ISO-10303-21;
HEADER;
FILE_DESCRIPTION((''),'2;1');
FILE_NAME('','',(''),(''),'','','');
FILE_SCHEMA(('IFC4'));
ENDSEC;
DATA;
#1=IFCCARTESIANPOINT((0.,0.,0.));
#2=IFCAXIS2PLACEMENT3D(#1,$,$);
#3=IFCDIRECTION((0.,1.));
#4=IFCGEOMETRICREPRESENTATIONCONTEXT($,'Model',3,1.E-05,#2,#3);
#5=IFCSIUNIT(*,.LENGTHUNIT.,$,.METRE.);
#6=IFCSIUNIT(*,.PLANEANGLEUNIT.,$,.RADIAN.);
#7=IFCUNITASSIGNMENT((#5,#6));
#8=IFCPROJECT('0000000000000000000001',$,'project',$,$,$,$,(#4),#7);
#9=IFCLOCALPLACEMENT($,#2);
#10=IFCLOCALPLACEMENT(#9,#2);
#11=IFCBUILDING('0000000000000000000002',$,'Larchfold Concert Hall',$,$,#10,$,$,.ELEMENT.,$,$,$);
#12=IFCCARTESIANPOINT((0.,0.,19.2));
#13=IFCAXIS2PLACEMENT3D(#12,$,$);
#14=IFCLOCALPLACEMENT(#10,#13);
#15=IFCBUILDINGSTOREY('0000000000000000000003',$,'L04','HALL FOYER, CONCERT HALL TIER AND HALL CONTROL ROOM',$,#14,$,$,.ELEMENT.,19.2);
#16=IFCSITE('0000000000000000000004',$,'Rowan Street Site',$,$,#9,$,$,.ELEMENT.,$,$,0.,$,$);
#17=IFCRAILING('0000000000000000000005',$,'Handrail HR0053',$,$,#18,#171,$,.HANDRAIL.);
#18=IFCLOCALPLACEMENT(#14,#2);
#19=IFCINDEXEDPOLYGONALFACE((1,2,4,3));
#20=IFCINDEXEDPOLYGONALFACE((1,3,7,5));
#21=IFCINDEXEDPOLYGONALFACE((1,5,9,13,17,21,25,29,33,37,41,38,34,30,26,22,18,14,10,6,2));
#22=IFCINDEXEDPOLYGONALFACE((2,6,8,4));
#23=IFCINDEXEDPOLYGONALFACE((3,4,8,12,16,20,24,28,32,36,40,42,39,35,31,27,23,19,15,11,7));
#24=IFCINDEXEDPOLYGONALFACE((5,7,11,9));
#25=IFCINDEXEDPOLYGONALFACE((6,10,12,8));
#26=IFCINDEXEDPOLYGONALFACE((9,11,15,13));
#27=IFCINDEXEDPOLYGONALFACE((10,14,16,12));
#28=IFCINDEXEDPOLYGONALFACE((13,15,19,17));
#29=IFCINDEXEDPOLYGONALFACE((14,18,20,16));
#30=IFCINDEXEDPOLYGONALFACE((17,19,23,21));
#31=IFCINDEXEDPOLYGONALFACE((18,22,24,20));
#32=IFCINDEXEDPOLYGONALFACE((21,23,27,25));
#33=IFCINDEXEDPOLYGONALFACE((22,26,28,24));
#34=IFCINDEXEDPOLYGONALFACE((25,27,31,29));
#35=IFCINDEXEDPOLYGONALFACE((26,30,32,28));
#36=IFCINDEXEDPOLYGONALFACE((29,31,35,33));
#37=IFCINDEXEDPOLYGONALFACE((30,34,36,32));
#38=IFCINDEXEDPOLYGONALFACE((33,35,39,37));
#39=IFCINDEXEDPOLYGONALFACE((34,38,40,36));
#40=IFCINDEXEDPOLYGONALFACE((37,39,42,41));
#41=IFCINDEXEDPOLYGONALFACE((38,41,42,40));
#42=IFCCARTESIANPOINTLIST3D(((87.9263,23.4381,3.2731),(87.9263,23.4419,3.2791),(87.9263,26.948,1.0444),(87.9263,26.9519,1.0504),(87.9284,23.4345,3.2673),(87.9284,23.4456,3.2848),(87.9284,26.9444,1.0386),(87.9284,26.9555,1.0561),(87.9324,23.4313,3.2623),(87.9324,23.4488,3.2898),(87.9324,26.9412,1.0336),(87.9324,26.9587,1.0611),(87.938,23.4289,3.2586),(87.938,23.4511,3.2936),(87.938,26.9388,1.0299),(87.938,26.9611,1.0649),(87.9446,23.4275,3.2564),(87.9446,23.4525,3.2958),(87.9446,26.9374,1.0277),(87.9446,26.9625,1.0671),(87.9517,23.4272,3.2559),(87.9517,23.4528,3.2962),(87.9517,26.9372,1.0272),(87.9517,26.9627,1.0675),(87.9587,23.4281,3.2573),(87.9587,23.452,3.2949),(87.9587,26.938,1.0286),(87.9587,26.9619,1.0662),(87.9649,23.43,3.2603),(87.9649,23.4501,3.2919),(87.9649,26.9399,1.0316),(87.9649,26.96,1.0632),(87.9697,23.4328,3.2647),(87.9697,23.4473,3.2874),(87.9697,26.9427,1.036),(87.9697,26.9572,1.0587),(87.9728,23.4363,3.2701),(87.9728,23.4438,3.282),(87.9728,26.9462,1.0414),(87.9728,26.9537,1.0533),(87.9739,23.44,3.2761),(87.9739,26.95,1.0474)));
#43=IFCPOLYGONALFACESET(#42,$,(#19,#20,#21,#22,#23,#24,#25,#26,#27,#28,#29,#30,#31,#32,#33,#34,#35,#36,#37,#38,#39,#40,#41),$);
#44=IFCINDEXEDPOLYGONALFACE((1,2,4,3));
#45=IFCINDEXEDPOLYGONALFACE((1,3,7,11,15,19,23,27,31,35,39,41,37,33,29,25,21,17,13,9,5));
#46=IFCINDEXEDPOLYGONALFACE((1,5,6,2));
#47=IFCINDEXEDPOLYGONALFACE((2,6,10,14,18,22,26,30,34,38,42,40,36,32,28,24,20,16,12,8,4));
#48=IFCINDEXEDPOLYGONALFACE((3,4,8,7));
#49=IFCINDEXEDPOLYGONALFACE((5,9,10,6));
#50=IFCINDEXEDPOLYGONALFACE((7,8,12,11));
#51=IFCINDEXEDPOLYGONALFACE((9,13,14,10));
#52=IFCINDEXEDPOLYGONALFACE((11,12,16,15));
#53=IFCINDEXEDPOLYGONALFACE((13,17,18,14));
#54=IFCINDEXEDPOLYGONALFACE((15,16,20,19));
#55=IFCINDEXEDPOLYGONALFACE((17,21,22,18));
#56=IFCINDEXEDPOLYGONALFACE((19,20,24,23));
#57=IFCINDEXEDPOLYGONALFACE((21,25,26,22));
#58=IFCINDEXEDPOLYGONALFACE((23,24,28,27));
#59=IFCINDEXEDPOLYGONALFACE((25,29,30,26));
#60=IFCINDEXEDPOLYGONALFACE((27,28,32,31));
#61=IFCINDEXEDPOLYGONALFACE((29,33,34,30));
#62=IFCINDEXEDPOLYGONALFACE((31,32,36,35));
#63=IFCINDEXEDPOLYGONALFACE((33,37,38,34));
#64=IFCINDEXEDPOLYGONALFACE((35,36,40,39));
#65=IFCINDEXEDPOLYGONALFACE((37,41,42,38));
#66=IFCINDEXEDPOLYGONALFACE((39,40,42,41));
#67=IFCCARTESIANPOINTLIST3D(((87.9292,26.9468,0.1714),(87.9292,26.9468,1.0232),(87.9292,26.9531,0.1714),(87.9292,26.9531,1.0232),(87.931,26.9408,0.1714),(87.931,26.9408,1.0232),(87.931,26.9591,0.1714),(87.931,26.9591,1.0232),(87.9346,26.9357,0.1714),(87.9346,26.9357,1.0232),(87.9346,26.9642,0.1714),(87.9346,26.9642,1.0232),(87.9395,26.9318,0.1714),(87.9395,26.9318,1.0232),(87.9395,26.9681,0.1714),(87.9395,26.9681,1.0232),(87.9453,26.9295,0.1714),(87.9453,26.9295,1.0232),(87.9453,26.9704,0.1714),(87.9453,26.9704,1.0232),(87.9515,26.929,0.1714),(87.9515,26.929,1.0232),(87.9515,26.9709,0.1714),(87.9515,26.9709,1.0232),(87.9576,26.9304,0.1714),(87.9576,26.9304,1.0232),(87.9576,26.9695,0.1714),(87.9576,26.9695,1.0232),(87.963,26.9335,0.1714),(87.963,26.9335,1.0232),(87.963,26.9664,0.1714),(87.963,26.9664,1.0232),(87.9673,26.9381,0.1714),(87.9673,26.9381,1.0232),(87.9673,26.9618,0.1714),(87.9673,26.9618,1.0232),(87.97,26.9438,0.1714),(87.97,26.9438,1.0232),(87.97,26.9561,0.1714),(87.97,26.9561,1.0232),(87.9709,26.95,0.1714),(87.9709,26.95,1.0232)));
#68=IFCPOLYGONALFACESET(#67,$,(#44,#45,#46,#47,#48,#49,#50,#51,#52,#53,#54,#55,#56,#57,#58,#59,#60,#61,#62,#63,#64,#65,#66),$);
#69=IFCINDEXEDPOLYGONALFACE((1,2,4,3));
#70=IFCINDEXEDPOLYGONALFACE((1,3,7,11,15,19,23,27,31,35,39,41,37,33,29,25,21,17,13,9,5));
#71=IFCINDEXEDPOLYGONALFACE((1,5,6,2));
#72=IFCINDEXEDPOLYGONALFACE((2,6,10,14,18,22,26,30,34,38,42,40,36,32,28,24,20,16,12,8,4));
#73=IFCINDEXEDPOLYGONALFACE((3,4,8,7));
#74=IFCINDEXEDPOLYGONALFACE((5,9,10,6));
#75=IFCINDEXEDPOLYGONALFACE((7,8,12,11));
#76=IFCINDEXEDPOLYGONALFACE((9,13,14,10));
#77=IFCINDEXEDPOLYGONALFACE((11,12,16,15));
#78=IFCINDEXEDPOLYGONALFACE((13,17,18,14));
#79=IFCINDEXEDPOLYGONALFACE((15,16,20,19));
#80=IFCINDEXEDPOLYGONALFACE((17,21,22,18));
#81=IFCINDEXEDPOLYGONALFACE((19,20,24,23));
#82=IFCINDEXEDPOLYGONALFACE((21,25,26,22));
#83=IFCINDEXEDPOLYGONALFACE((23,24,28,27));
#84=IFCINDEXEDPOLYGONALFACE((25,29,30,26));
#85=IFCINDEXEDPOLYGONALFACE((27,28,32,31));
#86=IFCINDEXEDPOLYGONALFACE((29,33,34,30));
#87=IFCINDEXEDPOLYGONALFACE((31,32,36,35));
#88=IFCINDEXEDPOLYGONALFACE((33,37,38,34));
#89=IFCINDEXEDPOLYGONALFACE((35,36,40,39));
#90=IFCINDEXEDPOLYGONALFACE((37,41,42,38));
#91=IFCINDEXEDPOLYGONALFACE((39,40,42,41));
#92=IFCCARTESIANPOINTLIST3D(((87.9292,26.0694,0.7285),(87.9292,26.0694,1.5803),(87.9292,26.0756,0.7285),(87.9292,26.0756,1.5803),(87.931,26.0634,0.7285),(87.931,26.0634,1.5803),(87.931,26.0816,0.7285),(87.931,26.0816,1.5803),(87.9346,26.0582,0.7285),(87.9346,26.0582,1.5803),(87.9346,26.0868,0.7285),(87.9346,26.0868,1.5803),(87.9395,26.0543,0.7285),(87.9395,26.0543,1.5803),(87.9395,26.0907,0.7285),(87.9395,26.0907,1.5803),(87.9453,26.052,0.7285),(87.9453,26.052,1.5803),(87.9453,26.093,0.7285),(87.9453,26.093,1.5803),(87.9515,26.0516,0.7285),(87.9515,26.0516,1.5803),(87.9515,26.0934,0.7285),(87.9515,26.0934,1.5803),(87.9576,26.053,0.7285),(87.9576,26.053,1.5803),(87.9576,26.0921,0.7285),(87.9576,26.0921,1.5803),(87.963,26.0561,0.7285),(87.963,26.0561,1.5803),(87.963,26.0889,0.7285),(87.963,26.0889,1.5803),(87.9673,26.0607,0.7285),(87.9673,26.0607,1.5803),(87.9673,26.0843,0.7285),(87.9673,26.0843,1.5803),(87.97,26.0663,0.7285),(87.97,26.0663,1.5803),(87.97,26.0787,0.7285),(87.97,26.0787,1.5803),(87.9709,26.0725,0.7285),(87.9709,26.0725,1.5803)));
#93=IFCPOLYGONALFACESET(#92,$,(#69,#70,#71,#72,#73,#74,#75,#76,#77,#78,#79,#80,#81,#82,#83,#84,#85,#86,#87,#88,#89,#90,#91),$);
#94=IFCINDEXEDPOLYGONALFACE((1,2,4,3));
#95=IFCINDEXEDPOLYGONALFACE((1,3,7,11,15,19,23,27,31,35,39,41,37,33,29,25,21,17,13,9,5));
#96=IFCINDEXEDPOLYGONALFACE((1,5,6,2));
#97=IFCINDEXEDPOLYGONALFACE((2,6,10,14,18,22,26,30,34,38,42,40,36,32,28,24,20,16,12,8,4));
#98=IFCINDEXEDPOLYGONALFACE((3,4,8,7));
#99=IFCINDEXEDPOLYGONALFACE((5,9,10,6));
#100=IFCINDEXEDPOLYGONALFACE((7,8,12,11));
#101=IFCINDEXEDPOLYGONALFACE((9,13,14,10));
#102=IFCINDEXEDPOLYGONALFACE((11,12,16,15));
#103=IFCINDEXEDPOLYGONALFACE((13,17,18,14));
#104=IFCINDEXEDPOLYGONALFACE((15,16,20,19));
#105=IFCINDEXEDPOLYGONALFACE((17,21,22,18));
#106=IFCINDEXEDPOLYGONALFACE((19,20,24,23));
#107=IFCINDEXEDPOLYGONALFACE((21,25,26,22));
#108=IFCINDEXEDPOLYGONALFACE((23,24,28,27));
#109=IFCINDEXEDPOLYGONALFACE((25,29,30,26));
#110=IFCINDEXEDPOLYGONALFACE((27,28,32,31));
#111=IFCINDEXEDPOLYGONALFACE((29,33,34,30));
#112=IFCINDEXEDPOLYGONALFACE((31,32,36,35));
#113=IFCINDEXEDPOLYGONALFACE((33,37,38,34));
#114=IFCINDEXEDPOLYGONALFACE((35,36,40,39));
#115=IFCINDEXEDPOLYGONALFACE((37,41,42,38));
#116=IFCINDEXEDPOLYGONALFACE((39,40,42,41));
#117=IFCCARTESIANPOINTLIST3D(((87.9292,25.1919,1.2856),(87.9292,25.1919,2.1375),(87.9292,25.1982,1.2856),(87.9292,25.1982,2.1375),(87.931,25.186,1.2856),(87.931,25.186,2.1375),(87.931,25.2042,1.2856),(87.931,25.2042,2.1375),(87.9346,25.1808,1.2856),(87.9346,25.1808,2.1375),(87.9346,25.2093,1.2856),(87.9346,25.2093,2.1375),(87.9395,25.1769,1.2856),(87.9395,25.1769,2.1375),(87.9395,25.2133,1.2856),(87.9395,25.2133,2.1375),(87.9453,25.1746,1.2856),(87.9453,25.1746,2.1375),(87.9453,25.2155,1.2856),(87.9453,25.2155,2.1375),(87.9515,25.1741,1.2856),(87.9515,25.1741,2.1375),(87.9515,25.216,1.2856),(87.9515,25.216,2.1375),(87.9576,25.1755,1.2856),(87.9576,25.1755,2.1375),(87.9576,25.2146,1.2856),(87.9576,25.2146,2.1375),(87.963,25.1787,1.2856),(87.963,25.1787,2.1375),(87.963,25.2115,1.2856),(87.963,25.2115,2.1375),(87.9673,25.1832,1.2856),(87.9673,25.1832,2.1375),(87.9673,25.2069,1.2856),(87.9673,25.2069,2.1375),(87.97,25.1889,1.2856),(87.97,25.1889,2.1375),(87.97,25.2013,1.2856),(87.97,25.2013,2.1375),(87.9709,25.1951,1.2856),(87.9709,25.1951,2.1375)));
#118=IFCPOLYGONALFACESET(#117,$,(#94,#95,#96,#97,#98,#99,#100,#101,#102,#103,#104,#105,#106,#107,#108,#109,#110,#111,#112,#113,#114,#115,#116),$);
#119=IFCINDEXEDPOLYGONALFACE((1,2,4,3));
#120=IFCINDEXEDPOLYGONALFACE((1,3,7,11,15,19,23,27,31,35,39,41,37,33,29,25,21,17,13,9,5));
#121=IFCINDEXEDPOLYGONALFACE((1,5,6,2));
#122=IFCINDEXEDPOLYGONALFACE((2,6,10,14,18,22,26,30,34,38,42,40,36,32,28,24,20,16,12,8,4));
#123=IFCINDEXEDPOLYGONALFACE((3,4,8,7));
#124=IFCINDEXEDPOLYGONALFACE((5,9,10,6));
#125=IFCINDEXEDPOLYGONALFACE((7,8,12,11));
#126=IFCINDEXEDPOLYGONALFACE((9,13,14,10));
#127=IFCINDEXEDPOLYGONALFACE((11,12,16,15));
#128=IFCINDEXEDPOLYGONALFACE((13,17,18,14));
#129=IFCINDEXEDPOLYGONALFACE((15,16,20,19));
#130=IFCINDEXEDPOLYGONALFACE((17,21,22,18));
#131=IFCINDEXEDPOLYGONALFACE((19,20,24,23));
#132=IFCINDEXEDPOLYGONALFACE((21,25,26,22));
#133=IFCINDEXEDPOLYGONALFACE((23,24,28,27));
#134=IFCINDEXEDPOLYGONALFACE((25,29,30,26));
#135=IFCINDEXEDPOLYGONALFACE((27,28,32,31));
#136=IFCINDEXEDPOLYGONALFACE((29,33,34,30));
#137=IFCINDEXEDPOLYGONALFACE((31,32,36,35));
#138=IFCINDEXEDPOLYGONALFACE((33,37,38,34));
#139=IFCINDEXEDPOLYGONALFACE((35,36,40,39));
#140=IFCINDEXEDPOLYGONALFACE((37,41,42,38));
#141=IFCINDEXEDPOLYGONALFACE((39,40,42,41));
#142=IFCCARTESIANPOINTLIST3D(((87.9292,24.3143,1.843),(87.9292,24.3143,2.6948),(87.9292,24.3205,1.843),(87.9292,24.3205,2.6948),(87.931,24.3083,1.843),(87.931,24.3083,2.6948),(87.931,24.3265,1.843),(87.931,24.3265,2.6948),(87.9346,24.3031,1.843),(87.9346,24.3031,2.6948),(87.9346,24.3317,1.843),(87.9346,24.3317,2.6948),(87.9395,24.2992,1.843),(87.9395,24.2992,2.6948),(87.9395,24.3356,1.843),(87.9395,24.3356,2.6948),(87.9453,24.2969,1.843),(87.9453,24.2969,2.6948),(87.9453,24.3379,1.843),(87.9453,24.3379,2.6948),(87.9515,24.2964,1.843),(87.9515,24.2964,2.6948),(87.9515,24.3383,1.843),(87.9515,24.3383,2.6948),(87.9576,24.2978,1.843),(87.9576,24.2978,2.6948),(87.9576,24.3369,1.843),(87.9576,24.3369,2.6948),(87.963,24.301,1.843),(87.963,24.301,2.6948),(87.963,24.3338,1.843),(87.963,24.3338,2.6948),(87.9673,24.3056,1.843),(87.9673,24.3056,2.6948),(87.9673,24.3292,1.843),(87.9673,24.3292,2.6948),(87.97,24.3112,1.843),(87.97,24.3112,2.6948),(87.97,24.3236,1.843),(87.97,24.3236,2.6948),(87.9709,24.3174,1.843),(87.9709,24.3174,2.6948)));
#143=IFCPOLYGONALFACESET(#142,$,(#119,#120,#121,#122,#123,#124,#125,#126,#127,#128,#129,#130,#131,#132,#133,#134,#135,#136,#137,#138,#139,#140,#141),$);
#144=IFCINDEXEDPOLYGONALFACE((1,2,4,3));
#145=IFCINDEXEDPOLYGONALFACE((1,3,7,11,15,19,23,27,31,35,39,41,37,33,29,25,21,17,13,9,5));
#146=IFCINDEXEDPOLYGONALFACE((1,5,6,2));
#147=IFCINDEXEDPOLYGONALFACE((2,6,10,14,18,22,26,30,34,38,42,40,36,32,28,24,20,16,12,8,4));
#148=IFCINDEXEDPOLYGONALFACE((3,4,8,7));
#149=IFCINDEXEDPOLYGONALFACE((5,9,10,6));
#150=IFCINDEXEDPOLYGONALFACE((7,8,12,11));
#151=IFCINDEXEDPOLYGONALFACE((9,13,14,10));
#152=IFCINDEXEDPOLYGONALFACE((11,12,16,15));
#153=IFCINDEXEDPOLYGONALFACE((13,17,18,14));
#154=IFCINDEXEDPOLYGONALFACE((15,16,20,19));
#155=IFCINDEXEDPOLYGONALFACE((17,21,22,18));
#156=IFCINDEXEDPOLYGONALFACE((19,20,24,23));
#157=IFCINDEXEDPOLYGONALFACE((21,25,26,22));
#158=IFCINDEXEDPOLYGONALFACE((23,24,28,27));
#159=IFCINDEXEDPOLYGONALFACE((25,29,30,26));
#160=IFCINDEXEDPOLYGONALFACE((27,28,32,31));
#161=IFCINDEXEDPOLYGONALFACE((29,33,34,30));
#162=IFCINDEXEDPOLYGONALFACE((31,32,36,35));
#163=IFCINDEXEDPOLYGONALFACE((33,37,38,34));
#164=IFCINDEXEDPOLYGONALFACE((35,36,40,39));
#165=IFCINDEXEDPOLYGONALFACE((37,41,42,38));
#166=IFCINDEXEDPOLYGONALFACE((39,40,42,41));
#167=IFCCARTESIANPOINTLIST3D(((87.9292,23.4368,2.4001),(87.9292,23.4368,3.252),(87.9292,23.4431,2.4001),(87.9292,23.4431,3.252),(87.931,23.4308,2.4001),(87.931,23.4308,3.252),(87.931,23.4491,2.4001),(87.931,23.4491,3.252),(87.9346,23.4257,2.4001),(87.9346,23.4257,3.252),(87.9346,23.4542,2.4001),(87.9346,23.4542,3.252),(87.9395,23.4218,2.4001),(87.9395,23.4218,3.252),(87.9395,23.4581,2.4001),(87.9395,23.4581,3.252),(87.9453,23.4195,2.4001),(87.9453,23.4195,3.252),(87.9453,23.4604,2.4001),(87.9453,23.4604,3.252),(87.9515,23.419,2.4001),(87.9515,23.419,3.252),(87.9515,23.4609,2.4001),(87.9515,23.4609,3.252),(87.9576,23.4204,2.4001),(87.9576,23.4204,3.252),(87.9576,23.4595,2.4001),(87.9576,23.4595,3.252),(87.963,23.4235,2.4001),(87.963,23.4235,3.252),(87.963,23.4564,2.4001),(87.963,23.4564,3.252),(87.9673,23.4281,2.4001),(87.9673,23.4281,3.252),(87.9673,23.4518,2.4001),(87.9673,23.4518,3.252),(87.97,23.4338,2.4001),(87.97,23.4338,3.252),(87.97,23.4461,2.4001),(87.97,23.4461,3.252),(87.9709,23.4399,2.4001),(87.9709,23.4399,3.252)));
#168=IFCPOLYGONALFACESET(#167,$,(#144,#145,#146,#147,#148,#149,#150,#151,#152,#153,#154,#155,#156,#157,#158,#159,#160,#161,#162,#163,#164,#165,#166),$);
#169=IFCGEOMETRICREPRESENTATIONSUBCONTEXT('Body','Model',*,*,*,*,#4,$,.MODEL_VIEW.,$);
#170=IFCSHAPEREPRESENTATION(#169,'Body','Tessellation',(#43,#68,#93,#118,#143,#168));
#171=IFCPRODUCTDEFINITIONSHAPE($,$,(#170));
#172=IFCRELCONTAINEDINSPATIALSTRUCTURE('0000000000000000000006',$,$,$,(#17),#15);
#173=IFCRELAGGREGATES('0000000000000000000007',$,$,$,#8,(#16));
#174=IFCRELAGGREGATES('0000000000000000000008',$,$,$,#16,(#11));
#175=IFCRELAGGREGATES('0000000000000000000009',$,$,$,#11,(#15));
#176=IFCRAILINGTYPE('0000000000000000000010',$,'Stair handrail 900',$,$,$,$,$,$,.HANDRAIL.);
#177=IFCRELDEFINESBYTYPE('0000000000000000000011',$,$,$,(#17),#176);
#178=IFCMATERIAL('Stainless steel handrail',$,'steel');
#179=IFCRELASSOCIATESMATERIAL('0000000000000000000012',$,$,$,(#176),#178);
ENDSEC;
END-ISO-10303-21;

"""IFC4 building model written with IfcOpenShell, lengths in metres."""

from ifc_helpers import new_model, si_unit, direction, frame, origin, origin_2d, place, context, subcontext, project, spatial, circle, extrude, material, type_object, element, save


model = new_model("IFC4")

# Units and contexts
model_context = context("Model", 3, precision=1e-05, world=origin(), true_north=direction((0.0, 1.0)))
body_context = subcontext(model_context, "Body", "Model", "MODEL_VIEW")
ifc_project = project(units=[si_unit("LENGTHUNIT", "METRE"), si_unit("PLANEANGLEUNIT", "RADIAN")], contexts=[model_context])

# Site, building, storey
site_placement = place(None, origin())
site = spatial("IfcSite", under=ifc_project, at=site_placement, Name="Rowan Street Site", CompositionType="ELEMENT", RefElevation=0.0)
building_placement = place(site_placement, origin())
building = spatial("IfcBuilding", under=site, at=building_placement, Name="Larchfold Concert Hall", CompositionType="ELEMENT")
storey_placement = place(building_placement, frame((0.0, 0.0, 19.2)))
storey = spatial("IfcBuildingStorey", under=building, at=storey_placement, Name="L04", Description="HALL FOYER, CONCERT HALL TIER AND HALL CONTROL ROOM", CompositionType="ELEMENT", Elevation=19.2)

# Railing
ifc_material_1 = material(Name="Stainless steel handrail", Category="steel")
railing_type_1 = type_object("IfcRailingType", Name="Stair handrail 900", PredefinedType="HANDRAIL", material=ifc_material_1)
for number, where, name in (
    (1, (87.95, 26.95, 0.1714), "Handrail HR0053"),
):
    element("IfcRailing", number, at=place(storey_placement, frame(where)), inside=storey, type_object=railing_type_1, Name=name, PredefinedType="HANDRAIL", context=body_context, shape_type="SweptSolid", body=[
        extrude(circle(Radius=0.0239, at=origin_2d()), frame((0.0, 0.0, 0.876), z_axis=(0.0, -0.844193, 0.536039), x_axis=(1.0, 0.0, 0.0)), (0.0, 0.0, 1.0), 4.1577),
        extrude(circle(Radius=0.021, at=origin_2d()), origin(), (0.0, 0.0, 1.0), 0.8518),
        extrude(circle(Radius=0.021, at=origin_2d()), frame((0.0, -0.8774, 0.5571)), (0.0, 0.0, 1.0), 0.8518),
        extrude(circle(Radius=0.021, at=origin_2d()), frame((0.0, -1.7549, 1.1143)), (0.0, 0.0, 1.0), 0.8518),
        extrude(circle(Radius=0.021, at=origin_2d()), frame((0.0, -2.6326, 1.6716)), (0.0, 0.0, 1.0), 0.8518),
        extrude(circle(Radius=0.021, at=origin_2d()), frame((0.0, -3.51, 2.2288)), (0.0, 0.0, 1.0), 0.8518),
    ])

save(model, "model.ifc")
